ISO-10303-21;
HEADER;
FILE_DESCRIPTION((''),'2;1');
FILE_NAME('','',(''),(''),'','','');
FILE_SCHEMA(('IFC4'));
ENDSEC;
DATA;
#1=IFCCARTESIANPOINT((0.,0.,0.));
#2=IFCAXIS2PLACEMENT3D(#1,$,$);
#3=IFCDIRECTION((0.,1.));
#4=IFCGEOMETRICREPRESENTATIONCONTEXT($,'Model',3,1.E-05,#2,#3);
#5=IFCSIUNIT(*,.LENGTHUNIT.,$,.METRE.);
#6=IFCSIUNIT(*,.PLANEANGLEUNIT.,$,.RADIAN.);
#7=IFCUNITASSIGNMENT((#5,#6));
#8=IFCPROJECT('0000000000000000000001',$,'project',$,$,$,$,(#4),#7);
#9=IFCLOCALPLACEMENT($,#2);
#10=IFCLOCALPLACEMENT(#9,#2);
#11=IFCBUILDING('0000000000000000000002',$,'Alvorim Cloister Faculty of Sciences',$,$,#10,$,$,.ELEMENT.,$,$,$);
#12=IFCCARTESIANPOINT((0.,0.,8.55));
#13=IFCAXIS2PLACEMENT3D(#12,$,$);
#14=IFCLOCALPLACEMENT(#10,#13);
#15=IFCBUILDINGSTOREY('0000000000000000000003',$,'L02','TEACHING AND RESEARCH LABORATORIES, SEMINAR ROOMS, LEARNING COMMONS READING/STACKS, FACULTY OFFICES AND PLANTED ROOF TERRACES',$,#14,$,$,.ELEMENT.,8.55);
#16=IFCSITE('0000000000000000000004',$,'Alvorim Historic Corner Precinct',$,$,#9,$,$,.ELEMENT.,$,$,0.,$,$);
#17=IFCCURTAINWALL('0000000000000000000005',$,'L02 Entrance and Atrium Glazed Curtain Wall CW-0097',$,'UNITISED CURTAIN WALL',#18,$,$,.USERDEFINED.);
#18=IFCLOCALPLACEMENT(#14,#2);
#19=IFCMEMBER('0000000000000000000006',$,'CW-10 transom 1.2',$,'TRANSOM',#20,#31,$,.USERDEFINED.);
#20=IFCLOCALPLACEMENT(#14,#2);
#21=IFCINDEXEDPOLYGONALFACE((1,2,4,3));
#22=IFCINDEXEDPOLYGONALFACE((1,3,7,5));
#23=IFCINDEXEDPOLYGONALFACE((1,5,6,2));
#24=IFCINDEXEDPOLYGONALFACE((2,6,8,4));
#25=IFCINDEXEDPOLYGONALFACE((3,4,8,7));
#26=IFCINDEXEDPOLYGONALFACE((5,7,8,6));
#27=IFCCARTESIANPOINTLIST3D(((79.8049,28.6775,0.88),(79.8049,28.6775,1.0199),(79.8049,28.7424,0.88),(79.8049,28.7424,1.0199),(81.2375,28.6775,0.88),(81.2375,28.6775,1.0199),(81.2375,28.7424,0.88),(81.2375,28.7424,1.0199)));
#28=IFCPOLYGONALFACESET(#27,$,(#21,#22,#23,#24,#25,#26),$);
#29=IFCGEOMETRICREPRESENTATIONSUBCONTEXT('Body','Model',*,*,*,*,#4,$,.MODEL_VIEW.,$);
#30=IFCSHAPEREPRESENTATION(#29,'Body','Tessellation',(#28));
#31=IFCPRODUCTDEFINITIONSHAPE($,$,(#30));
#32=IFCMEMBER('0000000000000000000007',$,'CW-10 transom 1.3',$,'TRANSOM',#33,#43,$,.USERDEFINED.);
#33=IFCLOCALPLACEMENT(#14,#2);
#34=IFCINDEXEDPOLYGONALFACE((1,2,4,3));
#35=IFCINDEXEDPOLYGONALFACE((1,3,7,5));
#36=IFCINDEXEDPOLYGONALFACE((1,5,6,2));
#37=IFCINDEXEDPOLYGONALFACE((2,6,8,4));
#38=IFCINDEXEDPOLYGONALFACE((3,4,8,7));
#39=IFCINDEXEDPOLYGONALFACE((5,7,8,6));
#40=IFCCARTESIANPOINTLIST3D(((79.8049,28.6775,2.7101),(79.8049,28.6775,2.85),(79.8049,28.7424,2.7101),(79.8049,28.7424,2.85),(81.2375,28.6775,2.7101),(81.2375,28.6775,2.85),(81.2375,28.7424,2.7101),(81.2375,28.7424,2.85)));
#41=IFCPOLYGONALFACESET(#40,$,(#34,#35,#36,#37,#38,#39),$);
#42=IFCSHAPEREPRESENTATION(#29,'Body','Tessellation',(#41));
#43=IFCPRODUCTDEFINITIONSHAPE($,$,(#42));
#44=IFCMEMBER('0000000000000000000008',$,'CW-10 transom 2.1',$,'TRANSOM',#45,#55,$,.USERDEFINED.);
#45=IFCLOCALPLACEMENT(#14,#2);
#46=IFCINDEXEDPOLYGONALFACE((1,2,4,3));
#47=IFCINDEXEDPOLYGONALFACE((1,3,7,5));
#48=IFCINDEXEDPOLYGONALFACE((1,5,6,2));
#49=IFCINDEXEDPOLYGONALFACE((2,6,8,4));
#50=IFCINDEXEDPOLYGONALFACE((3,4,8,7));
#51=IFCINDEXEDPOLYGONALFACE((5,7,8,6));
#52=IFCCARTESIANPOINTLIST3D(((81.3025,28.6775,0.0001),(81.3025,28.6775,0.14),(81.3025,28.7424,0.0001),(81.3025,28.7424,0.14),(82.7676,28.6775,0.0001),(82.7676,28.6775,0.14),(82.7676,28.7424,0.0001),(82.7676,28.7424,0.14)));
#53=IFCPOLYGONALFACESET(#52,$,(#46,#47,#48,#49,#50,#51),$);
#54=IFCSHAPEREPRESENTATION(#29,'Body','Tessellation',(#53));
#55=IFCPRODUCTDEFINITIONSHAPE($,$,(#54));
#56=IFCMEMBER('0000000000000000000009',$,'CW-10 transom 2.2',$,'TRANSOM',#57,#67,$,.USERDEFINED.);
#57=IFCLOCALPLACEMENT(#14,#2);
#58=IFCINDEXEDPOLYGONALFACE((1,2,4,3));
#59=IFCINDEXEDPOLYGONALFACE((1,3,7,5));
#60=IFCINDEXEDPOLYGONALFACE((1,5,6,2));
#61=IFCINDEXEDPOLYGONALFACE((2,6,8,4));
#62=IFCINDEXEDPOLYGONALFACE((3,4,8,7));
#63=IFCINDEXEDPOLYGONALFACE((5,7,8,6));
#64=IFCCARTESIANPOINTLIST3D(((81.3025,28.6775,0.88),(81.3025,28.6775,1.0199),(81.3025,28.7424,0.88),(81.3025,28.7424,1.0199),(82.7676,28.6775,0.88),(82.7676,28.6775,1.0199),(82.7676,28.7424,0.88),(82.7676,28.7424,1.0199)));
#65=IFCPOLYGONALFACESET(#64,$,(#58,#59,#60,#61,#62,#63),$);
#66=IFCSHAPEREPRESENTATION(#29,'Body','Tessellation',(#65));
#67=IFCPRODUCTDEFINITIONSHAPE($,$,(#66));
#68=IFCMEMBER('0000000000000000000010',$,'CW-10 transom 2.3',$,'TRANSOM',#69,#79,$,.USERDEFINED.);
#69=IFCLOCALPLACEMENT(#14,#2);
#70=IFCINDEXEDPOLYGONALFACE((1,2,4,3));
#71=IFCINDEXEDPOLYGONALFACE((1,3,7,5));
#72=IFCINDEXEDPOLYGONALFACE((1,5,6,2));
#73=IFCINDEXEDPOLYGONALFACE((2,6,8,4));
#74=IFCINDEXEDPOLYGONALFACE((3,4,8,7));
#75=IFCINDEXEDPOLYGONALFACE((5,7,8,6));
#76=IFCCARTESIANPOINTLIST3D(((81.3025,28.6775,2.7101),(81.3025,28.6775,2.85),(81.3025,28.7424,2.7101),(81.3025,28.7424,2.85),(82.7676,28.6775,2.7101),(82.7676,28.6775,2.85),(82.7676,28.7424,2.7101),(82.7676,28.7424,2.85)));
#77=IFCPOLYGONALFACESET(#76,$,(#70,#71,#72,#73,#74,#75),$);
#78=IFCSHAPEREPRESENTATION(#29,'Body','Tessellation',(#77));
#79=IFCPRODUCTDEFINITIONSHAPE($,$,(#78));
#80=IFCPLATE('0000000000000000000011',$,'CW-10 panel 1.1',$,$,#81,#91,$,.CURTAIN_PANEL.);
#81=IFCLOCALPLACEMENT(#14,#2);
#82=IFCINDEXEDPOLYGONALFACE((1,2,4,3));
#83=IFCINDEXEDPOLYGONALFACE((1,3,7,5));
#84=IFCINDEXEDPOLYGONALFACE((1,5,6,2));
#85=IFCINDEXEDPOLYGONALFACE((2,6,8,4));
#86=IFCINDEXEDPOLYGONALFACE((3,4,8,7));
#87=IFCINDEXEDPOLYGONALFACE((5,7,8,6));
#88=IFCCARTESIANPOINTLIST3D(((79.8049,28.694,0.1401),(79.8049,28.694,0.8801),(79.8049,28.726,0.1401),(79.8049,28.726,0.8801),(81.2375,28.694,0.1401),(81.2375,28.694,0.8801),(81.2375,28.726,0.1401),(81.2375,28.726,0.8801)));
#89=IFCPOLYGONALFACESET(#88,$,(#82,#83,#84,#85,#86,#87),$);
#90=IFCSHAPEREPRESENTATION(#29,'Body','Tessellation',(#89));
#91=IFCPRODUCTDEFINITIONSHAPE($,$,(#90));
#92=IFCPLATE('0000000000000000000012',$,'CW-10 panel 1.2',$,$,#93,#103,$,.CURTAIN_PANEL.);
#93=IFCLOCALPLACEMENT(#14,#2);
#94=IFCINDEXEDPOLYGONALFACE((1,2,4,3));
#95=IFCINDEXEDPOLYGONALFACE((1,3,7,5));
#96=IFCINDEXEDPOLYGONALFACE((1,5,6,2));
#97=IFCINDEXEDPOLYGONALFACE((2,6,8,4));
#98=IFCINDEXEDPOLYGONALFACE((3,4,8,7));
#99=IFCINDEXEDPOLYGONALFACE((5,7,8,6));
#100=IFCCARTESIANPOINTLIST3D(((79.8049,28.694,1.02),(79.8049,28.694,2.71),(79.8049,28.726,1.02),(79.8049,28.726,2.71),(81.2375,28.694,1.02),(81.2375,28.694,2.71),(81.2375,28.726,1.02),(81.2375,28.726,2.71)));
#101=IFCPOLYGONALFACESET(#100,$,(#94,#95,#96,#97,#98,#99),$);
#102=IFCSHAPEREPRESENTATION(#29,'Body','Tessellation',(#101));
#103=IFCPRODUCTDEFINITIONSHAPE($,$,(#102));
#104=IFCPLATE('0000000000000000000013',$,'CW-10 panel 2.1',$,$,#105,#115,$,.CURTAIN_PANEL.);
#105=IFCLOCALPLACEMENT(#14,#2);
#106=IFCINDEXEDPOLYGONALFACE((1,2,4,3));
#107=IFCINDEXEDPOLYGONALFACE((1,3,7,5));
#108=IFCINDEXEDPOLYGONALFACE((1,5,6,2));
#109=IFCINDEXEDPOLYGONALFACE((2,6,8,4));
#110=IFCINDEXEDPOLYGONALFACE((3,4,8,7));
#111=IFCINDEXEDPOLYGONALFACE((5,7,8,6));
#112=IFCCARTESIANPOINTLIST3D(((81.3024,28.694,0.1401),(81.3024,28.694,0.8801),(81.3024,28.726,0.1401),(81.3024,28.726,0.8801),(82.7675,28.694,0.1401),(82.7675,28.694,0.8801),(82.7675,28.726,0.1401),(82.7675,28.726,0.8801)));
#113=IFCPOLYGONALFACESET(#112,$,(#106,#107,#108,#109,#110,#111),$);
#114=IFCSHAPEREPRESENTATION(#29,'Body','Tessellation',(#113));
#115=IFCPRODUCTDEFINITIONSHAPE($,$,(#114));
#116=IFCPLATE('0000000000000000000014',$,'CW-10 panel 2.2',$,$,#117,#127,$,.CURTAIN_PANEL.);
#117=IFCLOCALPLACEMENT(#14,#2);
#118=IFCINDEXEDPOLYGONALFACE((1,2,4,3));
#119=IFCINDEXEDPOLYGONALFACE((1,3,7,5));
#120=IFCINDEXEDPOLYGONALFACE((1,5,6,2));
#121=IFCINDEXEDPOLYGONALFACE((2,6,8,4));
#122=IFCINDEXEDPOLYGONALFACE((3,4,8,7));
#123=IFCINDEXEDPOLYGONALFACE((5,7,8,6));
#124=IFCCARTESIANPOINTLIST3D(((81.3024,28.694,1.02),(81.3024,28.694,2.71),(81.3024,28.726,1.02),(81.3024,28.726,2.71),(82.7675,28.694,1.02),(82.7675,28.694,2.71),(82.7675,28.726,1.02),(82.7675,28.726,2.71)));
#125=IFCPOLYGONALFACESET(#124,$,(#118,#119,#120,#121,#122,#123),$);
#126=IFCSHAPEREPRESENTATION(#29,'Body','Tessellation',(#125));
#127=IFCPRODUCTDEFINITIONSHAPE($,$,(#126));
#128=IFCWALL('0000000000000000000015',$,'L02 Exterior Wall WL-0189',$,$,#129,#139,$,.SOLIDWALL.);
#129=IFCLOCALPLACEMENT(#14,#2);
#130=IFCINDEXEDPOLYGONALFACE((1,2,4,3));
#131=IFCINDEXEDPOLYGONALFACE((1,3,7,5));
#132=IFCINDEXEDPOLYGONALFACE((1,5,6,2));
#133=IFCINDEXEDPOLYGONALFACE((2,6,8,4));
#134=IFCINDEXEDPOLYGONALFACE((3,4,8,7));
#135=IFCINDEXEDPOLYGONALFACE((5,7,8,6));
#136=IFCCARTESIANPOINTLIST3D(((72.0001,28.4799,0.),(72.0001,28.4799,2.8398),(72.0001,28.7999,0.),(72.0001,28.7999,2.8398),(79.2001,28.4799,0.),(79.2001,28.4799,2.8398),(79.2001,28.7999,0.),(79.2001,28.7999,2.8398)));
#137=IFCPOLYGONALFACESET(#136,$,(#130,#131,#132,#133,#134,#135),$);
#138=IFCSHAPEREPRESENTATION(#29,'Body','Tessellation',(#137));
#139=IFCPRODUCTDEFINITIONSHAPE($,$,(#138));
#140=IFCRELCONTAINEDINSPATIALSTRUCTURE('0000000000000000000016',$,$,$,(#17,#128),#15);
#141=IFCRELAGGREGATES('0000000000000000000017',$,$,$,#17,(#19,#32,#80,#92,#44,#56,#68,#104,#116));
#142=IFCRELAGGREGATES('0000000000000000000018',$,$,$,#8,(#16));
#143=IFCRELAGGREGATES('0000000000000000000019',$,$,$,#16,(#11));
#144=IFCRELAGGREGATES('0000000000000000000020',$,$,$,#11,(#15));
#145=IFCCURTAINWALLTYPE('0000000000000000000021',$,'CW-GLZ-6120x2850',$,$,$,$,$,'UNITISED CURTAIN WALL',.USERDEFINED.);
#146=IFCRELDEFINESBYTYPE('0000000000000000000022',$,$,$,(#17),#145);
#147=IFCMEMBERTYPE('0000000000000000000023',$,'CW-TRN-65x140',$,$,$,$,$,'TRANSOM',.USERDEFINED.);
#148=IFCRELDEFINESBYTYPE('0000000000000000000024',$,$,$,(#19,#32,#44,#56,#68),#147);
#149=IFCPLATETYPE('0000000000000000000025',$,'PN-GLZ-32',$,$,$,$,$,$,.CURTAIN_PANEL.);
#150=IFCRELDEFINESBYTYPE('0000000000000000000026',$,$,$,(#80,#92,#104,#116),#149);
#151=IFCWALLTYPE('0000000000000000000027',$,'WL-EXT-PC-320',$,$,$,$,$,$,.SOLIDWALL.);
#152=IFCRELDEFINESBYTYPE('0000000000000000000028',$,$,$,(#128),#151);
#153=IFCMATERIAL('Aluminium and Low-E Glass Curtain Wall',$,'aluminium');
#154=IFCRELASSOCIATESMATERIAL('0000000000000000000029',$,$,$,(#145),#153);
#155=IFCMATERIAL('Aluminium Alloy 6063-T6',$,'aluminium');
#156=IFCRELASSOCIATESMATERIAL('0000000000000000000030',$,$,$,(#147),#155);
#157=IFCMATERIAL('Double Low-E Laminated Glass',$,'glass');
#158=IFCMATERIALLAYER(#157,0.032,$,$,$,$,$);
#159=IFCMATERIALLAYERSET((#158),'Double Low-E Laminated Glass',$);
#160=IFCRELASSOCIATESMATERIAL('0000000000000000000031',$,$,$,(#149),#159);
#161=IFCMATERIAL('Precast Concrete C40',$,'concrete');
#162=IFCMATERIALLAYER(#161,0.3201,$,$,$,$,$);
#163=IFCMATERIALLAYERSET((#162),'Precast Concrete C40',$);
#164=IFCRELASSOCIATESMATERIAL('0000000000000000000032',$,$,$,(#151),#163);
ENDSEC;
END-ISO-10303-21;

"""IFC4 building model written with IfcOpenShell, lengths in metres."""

from ifc_helpers import new_model, si_unit, direction, frame, frame_2d, origin, origin_2d, place, context, subcontext, project, spatial, rectangle, extrude, material, layer, layer_set, material_profile, profile_set, type_object, element, aggregate, save


model = new_model("IFC4")

# Units and contexts
model_context = context("Model", 3, precision=1e-05, world=origin(), true_north=direction((0.0, 1.0)))
body_context = subcontext(model_context, "Body", "Model", "MODEL_VIEW")
ifc_project = project(units=[si_unit("LENGTHUNIT", "METRE"), si_unit("PLANEANGLEUNIT", "RADIAN")], contexts=[model_context])

# Site, building, storey
site_placement = place(None, origin())
site = spatial("IfcSite", under=ifc_project, at=site_placement, Name="Alvorim Historic Corner Precinct", CompositionType="ELEMENT", RefElevation=0.0)
building_placement = place(site_placement, origin())
building = spatial("IfcBuilding", under=site, at=building_placement, Name="Alvorim Cloister Faculty of Sciences", CompositionType="ELEMENT")
storey_placement = place(building_placement, frame((0.0, 0.0, 8.55)))
storey = spatial("IfcBuildingStorey", under=building, at=storey_placement, Name="L02", Description="TEACHING AND RESEARCH LABORATORIES, SEMINAR ROOMS, LEARNING COMMONS READING/STACKS, FACULTY OFFICES AND PLANTED ROOF TERRACES", CompositionType="ELEMENT", Elevation=8.55)

# Shared definitions
ifc_material_1 = material(Name="Precast Concrete C40", Category="concrete")

# Shared definitions
ifc_material_2 = material(Name="Aluminium and Low-E Glass Curtain Wall", Category="aluminium")
ifc_material_3 = material(Name="Aluminium Alloy 6063-T6", Category="aluminium")

# Curtain wall
curtain_wall_type_1 = type_object("IfcCurtainWallType", Name="CW-GLZ-6120x2850", ElementType="UNITISED CURTAIN WALL", PredefinedType="USERDEFINED", material=ifc_material_2)
curtain_wall_1_placement = place(storey_placement, origin())
curtain_wall_1 = element("IfcCurtainWall", 1, at=curtain_wall_1_placement, inside=storey, type_object=curtain_wall_type_1, Name="L02 Entrance and Atrium Glazed Curtain Wall CW-0097", ObjectType="UNITISED CURTAIN WALL", PredefinedType="USERDEFINED")

# Members
ifc_material_profile_1 = material_profile(ifc_material_3, rectangle(XDim=0.0649, YDim=0.1399, at=origin_2d()), Name="ALU-TRN-65x140")
ifc_profile_set_1 = profile_set([ifc_material_profile_1], Name="Aluminium Alloy 6063-T6")
member_type_1 = type_object("IfcMemberType", Name="CW-TRN-65x140", ElementType="TRANSOM", PredefinedType="USERDEFINED", material=ifc_profile_set_1)
member_1_placement = place(storey_placement, frame((79.8049, 28.71, 0.95), z_axis=(1.0, 0.0, 0.0), x_axis=(0.0, 1.0, 0.0)))
member_1 = element("IfcMember", 2, at=member_1_placement, type_object=member_type_1, Name="CW-10 transom 1.2", ObjectType="TRANSOM", PredefinedType="USERDEFINED", context=body_context, shape_type="SweptSolid", body=[
    extrude(rectangle(XDim=0.0649, YDim=0.1399, at=origin_2d()), origin(), (0.0, 0.0, 1.0), 1.4326),
])
member_2_placement = place(storey_placement, frame((79.8049, 28.71, 2.78), z_axis=(1.0, 0.0, 0.0), x_axis=(0.0, 1.0, 0.0)))
member_2 = element("IfcMember", 3, at=member_2_placement, type_object=member_type_1, Name="CW-10 transom 1.3", ObjectType="TRANSOM", PredefinedType="USERDEFINED", context=body_context, shape_type="SweptSolid", body=[
    extrude(rectangle(XDim=0.0649, YDim=0.1399, at=origin_2d()), origin(), (0.0, 0.0, 1.0), 1.4326),
])
member_3_placement = place(storey_placement, frame((81.3025, 28.71, 0.0701), z_axis=(1.0, 0.0, 0.0), x_axis=(0.0, 1.0, 0.0)))
member_3 = element("IfcMember", 4, at=member_3_placement, type_object=member_type_1, Name="CW-10 transom 2.1", ObjectType="TRANSOM", PredefinedType="USERDEFINED", context=body_context, shape_type="SweptSolid", body=[
    extrude(rectangle(XDim=0.0649, YDim=0.1399, at=origin_2d()), origin(), (0.0, 0.0, 1.0), 1.4651),
])
member_4_placement = place(storey_placement, frame((81.3025, 28.71, 0.95), z_axis=(1.0, 0.0, 0.0), x_axis=(0.0, 1.0, 0.0)))
member_4 = element("IfcMember", 5, at=member_4_placement, type_object=member_type_1, Name="CW-10 transom 2.2", ObjectType="TRANSOM", PredefinedType="USERDEFINED", context=body_context, shape_type="SweptSolid", body=[
    extrude(rectangle(XDim=0.0649, YDim=0.1399, at=origin_2d()), origin(), (0.0, 0.0, 1.0), 1.4651),
])
member_5_placement = place(storey_placement, frame((81.3025, 28.71, 2.78), z_axis=(1.0, 0.0, 0.0), x_axis=(0.0, 1.0, 0.0)))
member_5 = element("IfcMember", 6, at=member_5_placement, type_object=member_type_1, Name="CW-10 transom 2.3", ObjectType="TRANSOM", PredefinedType="USERDEFINED", context=body_context, shape_type="SweptSolid", body=[
    extrude(rectangle(XDim=0.0649, YDim=0.1399, at=origin_2d()), origin(), (0.0, 0.0, 1.0), 1.4651),
])

# Plates
ifc_material_4 = material(Name="Double Low-E Laminated Glass", Category="glass")
ifc_layer_1 = layer(ifc_material_4, 0.032)
ifc_layer_set_1 = layer_set([ifc_layer_1], Name="Double Low-E Laminated Glass")
plate_type = type_object("IfcPlateType", Name="PN-GLZ-32", PredefinedType="CURTAIN_PANEL", material=ifc_layer_set_1)
plate_1_placement = place(storey_placement, frame((80.5212, 28.71, 0.1401), z_axis=(0.0, 0.0, 1.0), x_axis=(1.0, 0.0, 0.0)))
plate_1 = element("IfcPlate", 7, at=plate_1_placement, type_object=plate_type, Name="CW-10 panel 1.1", PredefinedType="CURTAIN_PANEL", context=body_context, shape_type="SweptSolid", body=[
    extrude(rectangle(XDim=1.4326, YDim=0.032, at=origin_2d()), origin(), (0.0, 0.0, 1.0), 0.74),
])
plate_2_placement = place(storey_placement, frame((80.5212, 28.71, 1.02), z_axis=(0.0, 0.0, 1.0), x_axis=(1.0, 0.0, 0.0)))
plate_2 = element("IfcPlate", 8, at=plate_2_placement, type_object=plate_type, Name="CW-10 panel 1.2", PredefinedType="CURTAIN_PANEL", context=body_context, shape_type="SweptSolid", body=[
    extrude(rectangle(XDim=1.4326, YDim=0.032, at=origin_2d()), origin(), (0.0, 0.0, 1.0), 1.6899),
])
plate_3_placement = place(storey_placement, frame((82.0349, 28.71, 0.1401), z_axis=(0.0, 0.0, 1.0), x_axis=(1.0, 0.0, 0.0)))
plate_3 = element("IfcPlate", 9, at=plate_3_placement, type_object=plate_type, Name="CW-10 panel 2.1", PredefinedType="CURTAIN_PANEL", context=body_context, shape_type="SweptSolid", body=[
    extrude(rectangle(XDim=1.4651, YDim=0.032, at=origin_2d()), origin(), (0.0, 0.0, 1.0), 0.74),
])
plate_4_placement = place(storey_placement, frame((82.0349, 28.71, 1.02), z_axis=(0.0, 0.0, 1.0), x_axis=(1.0, 0.0, 0.0)))
plate_4 = element("IfcPlate", 10, at=plate_4_placement, type_object=plate_type, Name="CW-10 panel 2.2", PredefinedType="CURTAIN_PANEL", context=body_context, shape_type="SweptSolid", body=[
    extrude(rectangle(XDim=1.4651, YDim=0.032, at=origin_2d()), origin(), (0.0, 0.0, 1.0), 1.6899),
])
aggregate(curtain_wall_1, [member_1, member_2, plate_1, plate_2, member_3, member_4, member_5, plate_3, plate_4])

# Wall
ifc_layer_2 = layer(ifc_material_1, 0.3201)
ifc_layer_set_2 = layer_set([ifc_layer_2], Name="Precast Concrete C40")
wall_type = type_object("IfcWallType", Name="WL-EXT-PC-320", PredefinedType="SOLIDWALL", material=ifc_layer_set_2)
wall_placement = place(storey_placement, frame((72.0, 28.6399, 0.0), z_axis=(0.0, 0.0, 1.0), x_axis=(1.0, 0.0, 0.0)))
element("IfcWall", 11, at=wall_placement, inside=storey, type_object=wall_type, Name="L02 Exterior Wall WL-0189", PredefinedType="SOLIDWALL", context=body_context, shape_type="SweptSolid", body=[
    extrude(rectangle(XDim=7.2, YDim=0.3201, at=frame_2d((3.6001, 0.0))), origin(), (0.0, 0.0, 1.0), 2.8398),
])

save(model, "model.ifc")
